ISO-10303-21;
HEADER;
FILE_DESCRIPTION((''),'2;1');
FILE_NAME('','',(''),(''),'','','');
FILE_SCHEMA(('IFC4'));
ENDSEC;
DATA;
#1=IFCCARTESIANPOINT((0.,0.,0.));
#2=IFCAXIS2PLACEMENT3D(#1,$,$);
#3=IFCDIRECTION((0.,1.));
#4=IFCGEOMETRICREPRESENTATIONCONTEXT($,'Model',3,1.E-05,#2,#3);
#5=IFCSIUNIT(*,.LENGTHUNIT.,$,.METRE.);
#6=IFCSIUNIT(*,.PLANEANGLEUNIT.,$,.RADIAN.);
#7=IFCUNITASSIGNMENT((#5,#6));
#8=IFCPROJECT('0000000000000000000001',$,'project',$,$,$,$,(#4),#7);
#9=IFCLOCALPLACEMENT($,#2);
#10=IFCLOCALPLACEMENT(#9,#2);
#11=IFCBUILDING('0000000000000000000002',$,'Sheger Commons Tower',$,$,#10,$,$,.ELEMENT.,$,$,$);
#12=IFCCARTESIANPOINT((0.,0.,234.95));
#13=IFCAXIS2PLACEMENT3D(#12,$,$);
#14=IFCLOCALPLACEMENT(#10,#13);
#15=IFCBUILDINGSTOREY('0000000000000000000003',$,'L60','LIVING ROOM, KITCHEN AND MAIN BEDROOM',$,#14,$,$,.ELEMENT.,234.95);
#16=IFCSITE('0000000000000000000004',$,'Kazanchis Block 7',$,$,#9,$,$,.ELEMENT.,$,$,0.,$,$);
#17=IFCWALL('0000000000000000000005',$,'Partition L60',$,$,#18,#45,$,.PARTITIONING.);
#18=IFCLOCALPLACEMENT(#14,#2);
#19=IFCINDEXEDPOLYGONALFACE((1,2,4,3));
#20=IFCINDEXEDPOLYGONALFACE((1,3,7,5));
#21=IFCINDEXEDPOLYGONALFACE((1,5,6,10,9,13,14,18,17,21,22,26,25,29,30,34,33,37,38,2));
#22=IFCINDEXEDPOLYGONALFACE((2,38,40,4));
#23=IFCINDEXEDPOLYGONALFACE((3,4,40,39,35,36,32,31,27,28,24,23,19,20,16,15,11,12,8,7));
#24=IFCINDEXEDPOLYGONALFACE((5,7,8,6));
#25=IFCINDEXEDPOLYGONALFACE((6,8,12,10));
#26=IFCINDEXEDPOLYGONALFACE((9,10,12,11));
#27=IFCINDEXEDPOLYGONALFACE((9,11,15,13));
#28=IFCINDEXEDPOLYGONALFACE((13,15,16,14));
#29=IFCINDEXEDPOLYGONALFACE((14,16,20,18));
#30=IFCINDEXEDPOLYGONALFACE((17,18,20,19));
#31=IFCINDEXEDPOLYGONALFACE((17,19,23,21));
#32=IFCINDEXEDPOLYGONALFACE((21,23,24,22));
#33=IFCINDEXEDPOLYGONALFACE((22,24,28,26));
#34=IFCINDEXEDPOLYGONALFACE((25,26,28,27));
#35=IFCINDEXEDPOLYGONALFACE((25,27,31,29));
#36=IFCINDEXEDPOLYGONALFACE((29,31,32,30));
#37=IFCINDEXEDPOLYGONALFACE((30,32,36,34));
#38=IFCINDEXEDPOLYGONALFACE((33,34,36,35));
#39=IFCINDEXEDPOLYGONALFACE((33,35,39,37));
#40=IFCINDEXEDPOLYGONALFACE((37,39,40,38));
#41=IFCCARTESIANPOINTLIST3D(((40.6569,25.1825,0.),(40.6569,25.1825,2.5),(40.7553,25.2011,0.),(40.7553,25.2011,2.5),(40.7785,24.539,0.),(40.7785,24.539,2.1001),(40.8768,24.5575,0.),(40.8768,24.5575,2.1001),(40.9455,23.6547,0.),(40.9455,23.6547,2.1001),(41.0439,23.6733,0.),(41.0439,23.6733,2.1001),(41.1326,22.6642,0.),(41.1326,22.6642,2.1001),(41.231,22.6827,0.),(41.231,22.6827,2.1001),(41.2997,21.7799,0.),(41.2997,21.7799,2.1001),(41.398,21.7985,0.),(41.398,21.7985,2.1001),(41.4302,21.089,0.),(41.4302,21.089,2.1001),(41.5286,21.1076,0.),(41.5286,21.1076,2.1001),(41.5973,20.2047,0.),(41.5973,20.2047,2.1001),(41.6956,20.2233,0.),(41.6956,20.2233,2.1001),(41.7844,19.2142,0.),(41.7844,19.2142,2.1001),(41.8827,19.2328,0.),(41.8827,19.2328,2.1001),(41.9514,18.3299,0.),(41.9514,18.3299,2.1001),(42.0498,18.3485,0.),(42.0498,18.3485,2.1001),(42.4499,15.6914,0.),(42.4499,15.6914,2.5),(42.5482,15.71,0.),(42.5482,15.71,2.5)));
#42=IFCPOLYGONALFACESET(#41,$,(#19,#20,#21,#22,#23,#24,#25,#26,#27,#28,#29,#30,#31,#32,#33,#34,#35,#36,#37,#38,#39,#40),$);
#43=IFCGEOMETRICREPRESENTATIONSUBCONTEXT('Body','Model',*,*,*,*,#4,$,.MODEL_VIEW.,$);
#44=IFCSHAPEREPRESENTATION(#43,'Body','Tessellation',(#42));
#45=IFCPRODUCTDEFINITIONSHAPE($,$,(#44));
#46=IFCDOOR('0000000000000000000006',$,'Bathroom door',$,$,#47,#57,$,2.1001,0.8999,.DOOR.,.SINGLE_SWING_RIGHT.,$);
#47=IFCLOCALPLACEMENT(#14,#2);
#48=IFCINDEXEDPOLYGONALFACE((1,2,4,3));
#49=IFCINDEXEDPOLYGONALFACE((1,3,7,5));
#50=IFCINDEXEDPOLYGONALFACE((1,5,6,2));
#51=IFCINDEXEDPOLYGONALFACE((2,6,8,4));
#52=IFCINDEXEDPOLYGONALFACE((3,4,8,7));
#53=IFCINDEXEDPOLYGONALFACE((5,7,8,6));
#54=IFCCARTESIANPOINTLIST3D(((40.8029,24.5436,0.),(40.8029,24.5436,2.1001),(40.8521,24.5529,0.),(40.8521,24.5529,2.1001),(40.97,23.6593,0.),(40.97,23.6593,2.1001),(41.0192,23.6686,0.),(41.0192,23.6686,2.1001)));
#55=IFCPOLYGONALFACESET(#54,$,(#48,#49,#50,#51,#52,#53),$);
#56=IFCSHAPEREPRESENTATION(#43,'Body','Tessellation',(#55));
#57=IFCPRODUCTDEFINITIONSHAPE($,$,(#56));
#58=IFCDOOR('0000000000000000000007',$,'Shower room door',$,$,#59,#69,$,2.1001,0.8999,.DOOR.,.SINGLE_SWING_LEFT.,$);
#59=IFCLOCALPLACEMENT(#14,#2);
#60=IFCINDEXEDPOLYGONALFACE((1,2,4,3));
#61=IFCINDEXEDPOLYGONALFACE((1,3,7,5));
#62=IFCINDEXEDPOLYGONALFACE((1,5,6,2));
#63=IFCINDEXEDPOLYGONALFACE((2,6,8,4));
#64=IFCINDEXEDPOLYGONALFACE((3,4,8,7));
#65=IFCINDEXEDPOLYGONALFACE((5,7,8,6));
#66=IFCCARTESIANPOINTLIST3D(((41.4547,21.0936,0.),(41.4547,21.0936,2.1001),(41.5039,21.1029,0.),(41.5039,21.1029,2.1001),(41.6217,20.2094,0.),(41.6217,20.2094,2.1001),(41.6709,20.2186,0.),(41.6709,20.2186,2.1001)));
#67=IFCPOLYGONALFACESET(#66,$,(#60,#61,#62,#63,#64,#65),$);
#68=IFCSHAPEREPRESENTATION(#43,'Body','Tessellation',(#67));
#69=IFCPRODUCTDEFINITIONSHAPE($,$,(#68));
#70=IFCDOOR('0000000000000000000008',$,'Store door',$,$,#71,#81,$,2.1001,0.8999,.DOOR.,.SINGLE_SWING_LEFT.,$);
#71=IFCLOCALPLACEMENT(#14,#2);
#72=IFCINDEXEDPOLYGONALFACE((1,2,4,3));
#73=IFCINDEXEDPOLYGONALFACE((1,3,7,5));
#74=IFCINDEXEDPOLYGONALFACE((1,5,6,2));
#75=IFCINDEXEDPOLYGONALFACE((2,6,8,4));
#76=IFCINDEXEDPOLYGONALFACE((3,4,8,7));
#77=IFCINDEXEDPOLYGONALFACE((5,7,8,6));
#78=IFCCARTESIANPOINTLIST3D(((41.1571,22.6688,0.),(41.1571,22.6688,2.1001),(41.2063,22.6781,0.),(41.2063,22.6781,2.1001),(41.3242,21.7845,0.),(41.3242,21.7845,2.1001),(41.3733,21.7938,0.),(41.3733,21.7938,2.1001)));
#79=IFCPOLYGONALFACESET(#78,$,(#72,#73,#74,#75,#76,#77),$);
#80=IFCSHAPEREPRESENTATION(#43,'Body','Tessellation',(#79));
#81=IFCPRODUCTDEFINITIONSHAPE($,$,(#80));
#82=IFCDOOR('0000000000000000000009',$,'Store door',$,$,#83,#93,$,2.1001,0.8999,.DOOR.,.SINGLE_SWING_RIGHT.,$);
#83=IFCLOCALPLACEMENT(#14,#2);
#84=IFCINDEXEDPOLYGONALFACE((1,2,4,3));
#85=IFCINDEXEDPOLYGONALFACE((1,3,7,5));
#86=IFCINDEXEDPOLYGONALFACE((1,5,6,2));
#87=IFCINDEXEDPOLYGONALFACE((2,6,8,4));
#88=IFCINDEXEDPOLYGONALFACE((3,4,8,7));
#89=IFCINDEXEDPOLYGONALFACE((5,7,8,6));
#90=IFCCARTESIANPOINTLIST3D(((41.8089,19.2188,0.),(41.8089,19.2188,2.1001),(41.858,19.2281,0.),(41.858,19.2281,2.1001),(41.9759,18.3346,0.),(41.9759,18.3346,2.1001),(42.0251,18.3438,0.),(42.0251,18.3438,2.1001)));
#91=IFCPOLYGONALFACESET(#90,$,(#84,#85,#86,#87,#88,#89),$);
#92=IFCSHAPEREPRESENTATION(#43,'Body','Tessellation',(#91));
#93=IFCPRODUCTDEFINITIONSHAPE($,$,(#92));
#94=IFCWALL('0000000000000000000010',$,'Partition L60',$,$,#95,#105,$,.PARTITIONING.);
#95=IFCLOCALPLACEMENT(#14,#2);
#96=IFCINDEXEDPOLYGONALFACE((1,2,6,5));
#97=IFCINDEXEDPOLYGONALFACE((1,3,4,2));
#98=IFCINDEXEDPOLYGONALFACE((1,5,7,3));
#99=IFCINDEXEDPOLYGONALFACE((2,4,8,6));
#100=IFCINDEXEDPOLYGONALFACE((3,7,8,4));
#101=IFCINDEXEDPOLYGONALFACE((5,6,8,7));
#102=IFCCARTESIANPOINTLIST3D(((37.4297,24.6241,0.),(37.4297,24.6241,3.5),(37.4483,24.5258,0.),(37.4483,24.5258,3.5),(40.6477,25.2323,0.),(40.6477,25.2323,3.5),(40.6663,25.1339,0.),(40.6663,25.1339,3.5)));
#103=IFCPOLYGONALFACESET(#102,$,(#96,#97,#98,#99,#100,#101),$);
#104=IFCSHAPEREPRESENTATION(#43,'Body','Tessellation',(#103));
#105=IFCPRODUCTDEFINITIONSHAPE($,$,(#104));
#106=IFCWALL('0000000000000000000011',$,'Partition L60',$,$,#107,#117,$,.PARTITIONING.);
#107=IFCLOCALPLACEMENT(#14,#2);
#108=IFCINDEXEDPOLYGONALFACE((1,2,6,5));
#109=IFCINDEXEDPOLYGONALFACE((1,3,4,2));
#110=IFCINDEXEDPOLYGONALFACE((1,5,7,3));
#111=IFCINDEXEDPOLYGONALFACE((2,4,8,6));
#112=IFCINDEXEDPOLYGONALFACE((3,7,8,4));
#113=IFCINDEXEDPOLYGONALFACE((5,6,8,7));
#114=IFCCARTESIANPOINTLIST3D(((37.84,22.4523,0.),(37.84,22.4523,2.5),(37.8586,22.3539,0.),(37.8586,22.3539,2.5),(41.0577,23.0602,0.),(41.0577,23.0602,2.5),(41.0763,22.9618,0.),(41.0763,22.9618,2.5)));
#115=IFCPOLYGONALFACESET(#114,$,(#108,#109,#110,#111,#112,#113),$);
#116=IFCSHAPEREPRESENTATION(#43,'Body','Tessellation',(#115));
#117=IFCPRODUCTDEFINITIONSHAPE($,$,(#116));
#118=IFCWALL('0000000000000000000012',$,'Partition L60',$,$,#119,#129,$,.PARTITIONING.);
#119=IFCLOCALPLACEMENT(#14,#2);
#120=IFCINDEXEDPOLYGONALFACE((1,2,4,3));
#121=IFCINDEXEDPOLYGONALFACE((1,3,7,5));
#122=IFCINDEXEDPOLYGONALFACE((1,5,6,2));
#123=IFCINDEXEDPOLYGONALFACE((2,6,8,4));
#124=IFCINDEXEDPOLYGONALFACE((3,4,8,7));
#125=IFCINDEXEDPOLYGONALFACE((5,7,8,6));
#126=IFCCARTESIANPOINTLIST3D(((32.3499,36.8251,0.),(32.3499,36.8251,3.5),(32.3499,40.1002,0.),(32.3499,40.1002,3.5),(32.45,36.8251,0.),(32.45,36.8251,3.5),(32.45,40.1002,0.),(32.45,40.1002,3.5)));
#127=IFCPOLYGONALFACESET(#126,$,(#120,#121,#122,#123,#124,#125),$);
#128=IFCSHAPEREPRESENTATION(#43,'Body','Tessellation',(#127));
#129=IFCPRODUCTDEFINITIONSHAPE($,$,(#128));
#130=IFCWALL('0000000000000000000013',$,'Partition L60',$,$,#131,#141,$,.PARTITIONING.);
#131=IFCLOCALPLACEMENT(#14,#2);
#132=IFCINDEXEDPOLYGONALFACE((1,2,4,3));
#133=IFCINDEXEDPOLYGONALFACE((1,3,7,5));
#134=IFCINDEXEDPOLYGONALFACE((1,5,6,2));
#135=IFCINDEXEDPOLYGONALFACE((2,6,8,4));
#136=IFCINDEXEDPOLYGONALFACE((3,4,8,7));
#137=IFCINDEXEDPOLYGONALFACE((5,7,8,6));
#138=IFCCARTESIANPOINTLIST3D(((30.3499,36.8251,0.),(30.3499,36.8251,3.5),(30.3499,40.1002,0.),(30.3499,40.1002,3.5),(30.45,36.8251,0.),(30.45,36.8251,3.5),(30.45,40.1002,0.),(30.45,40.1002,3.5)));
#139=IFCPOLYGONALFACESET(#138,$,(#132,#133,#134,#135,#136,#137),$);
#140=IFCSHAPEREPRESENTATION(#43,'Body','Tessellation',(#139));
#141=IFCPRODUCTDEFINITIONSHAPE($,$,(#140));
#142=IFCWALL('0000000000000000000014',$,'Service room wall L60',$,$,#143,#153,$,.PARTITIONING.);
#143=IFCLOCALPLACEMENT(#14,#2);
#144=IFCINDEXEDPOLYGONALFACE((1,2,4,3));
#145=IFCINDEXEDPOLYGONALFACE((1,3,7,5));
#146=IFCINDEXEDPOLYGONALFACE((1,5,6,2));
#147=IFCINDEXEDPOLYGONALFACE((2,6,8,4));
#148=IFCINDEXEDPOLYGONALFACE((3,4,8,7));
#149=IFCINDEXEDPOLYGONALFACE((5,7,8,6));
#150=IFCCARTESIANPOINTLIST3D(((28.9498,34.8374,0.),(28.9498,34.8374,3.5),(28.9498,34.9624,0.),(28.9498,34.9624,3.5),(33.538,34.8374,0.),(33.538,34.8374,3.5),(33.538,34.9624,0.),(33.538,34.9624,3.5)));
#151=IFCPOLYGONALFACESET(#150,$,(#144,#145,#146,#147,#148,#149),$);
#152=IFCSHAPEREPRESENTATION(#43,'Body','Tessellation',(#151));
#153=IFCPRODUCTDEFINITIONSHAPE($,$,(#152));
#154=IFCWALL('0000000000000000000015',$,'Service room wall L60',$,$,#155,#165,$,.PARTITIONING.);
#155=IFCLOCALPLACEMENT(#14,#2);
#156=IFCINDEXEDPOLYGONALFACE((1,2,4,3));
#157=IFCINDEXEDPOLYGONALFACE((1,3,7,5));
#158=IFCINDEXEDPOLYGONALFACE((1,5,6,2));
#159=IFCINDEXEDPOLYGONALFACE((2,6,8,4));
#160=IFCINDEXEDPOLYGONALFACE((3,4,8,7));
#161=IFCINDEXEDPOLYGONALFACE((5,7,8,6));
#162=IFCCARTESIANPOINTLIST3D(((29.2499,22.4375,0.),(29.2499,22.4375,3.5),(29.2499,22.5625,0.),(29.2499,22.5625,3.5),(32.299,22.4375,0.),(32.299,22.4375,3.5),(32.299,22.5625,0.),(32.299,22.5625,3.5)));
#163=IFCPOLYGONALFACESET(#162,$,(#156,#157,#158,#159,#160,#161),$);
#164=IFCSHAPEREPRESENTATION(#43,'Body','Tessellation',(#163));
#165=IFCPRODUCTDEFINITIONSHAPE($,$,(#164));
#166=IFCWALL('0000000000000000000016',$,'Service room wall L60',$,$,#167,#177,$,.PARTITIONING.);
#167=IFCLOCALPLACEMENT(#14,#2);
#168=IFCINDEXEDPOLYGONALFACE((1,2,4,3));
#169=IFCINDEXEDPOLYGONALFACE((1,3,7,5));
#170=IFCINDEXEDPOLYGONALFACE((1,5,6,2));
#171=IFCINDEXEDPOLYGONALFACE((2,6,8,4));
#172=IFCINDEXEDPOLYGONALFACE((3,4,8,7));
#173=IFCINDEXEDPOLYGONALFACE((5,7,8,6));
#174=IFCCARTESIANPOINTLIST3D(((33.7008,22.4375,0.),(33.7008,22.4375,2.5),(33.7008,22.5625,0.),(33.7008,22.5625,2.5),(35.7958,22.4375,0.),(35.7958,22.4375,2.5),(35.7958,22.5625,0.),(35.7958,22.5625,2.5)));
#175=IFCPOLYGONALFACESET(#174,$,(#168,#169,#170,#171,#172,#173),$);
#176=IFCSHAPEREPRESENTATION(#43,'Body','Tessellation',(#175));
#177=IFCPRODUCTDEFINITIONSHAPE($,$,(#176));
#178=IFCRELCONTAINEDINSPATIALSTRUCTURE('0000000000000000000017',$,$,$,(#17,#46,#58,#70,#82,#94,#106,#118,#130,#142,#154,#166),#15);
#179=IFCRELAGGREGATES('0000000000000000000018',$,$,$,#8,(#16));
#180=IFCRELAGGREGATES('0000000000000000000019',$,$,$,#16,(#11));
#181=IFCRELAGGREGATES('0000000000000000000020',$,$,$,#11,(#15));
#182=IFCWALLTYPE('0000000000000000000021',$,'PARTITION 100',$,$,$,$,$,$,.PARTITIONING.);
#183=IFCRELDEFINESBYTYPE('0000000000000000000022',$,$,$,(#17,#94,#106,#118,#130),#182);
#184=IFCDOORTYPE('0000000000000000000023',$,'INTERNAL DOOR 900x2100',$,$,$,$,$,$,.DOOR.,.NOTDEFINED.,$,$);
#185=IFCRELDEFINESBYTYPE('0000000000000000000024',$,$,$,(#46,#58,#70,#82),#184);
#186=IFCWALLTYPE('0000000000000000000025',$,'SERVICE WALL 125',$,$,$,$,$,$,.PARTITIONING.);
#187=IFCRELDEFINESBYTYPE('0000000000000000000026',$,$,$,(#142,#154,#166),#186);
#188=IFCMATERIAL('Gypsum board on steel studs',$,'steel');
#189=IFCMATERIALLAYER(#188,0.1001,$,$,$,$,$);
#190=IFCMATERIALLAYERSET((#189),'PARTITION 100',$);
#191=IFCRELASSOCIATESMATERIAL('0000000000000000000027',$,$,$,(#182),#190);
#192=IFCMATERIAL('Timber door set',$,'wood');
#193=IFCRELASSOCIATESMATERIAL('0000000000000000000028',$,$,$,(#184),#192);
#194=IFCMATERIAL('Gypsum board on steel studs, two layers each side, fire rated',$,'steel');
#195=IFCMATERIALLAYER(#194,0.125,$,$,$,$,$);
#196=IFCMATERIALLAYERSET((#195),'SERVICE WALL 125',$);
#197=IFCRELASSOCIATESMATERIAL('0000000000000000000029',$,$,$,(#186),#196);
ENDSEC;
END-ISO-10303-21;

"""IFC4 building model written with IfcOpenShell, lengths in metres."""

from ifc_helpers import new_model, si_unit, direction, frame, frame_2d, origin, place, context, subcontext, project, spatial, rectangle, extrude, material, layer, layer_set, type_object, element, fill, save


model = new_model("IFC4")

# Units and contexts
model_context = context("Model", 3, precision=1e-05, world=origin(), true_north=direction((0.0, 1.0)))
body_context = subcontext(model_context, "Body", "Model", "MODEL_VIEW")
ifc_project = project(units=[si_unit("LENGTHUNIT", "METRE"), si_unit("PLANEANGLEUNIT", "RADIAN")], contexts=[model_context])

# Site, building, storey
site_placement = place(None, origin())
site = spatial("IfcSite", under=ifc_project, at=site_placement, Name="Kazanchis Block 7", CompositionType="ELEMENT", RefElevation=0.0)
building_placement = place(site_placement, origin())
building = spatial("IfcBuilding", under=site, at=building_placement, Name="Sheger Commons Tower", CompositionType="ELEMENT")
storey_placement = place(building_placement, frame((0.0, 0.0, 234.95)))
storey = spatial("IfcBuildingStorey", under=building, at=storey_placement, Name="L60", Description="LIVING ROOM, KITCHEN AND MAIN BEDROOM", CompositionType="ELEMENT", Elevation=234.95)

# Shared definitions
ifc_material_1 = material(Name="Gypsum board on steel studs", Category="steel")
ifc_layer_1 = layer(ifc_material_1, 0.1001)
ifc_layer_set_1 = layer_set([ifc_layer_1], Name="PARTITION 100")
wall_type_1 = type_object("IfcWallType", Name="PARTITION 100", PredefinedType="PARTITIONING", material=ifc_layer_set_1)

# Wall, openings, doors
wall_1_placement = place(storey_placement, frame((40.7061, 25.1919, 0.0), z_axis=(0.0, 0.0, 1.0), x_axis=(0.18563, -0.98262, 0.0)))
wall_1 = element("IfcWall", 1, at=wall_1_placement, inside=storey, type_object=wall_type_1, Name="Partition L60", PredefinedType="PARTITIONING", context=body_context, shape_type="SweptSolid", body=[
    extrude(rectangle(XDim=9.6589, YDim=0.1001, at=frame_2d((4.8296, 0.0))), origin(), (0.0, 0.0, 1.0), 2.5),
])
opening_1_placement = place(wall_1_placement, frame((0.655, 0.0, 0.0)))
opening_1 = element("IfcOpeningElement", 2, at=opening_1_placement, cuts=wall_1, PredefinedType="OPENING", context=body_context, shape_type="SweptSolid", body=[
    extrude(rectangle(XDim=0.8999, YDim=2.1001, at=frame_2d((0.45, 1.05))), frame((0.0, 0.0601, 0.0), z_axis=(0.0, -1.0, 0.0), x_axis=(1.0, 0.0, 0.0)), (0.0, 0.0, 1.0), 0.1201),
])
opening_2_placement = place(wall_1_placement, frame((4.166, 0.0, 0.0)))
opening_2 = element("IfcOpeningElement", 3, at=opening_2_placement, cuts=wall_1, PredefinedType="OPENING", context=body_context, shape_type="SweptSolid", body=[
    extrude(rectangle(XDim=0.8999, YDim=2.1001, at=frame_2d((0.45, 1.05))), frame((0.0, 0.0601, 0.0), z_axis=(0.0, -1.0, 0.0), x_axis=(1.0, 0.0, 0.0)), (0.0, 0.0, 1.0), 0.1201),
])
opening_3_placement = place(wall_1_placement, frame((2.563, 0.0, 0.0)))
opening_3 = element("IfcOpeningElement", 4, at=opening_3_placement, cuts=wall_1, PredefinedType="OPENING", context=body_context, shape_type="SweptSolid", body=[
    extrude(rectangle(XDim=0.8999, YDim=2.1001, at=frame_2d((0.45, 1.05))), frame((0.0, 0.0601, 0.0), z_axis=(0.0, -1.0, 0.0), x_axis=(1.0, 0.0, 0.0)), (0.0, 0.0, 1.0), 0.1201),
])
opening_4_placement = place(wall_1_placement, frame((6.074, 0.0, 0.0)))
opening_4 = element("IfcOpeningElement", 5, at=opening_4_placement, cuts=wall_1, PredefinedType="OPENING", context=body_context, shape_type="SweptSolid", body=[
    extrude(rectangle(XDim=0.8999, YDim=2.1001, at=frame_2d((0.45, 1.05))), frame((0.0, 0.0601, 0.0), z_axis=(0.0, -1.0, 0.0), x_axis=(1.0, 0.0, 0.0)), (0.0, 0.0, 1.0), 0.1201),
])
ifc_material_2 = material(Name="Timber door set", Category="wood")
door_type = type_object("IfcDoorType", Name="INTERNAL DOOR 900x2100", OperationType="NOTDEFINED", PredefinedType="DOOR", material=ifc_material_2)
door_1_placement = place(opening_1_placement, origin())
door_1 = element("IfcDoor", 6, at=door_1_placement, inside=storey, type_object=door_type, Name="Bathroom door", OperationType="SINGLE_SWING_RIGHT", OverallHeight=2.1001, OverallWidth=0.8999, PredefinedType="DOOR", context=body_context, shape_type="SweptSolid", body=[
    extrude(rectangle(XDim=0.8999, YDim=2.1001, at=frame_2d((0.45, 1.05))), frame((0.0, 0.0249, 0.0), z_axis=(0.0, -1.0, 0.0), x_axis=(1.0, 0.0, 0.0)), (0.0, 0.0, 1.0), 0.05),
])
fill(opening_1, door_1)
door_2_placement = place(opening_2_placement, origin())
door_2 = element("IfcDoor", 7, at=door_2_placement, inside=storey, type_object=door_type, Name="Shower room door", OperationType="SINGLE_SWING_LEFT", OverallHeight=2.1001, OverallWidth=0.8999, PredefinedType="DOOR", context=body_context, shape_type="SweptSolid", body=[
    extrude(rectangle(XDim=0.8999, YDim=2.1001, at=frame_2d((0.45, 1.05))), frame((0.0, 0.0249, 0.0), z_axis=(0.0, -1.0, 0.0), x_axis=(1.0, 0.0, 0.0)), (0.0, 0.0, 1.0), 0.05),
])
fill(opening_2, door_2)
door_3_placement = place(opening_3_placement, origin())
door_3 = element("IfcDoor", 8, at=door_3_placement, inside=storey, type_object=door_type, Name="Store door", OperationType="SINGLE_SWING_LEFT", OverallHeight=2.1001, OverallWidth=0.8999, PredefinedType="DOOR", context=body_context, shape_type="SweptSolid", body=[
    extrude(rectangle(XDim=0.8999, YDim=2.1001, at=frame_2d((0.45, 1.05))), frame((0.0, 0.0249, 0.0), z_axis=(0.0, -1.0, 0.0), x_axis=(1.0, 0.0, 0.0)), (0.0, 0.0, 1.0), 0.05),
])
fill(opening_3, door_3)
door_4_placement = place(opening_4_placement, origin())
door_4 = element("IfcDoor", 9, at=door_4_placement, inside=storey, type_object=door_type, Name="Store door", OperationType="SINGLE_SWING_RIGHT", OverallHeight=2.1001, OverallWidth=0.8999, PredefinedType="DOOR", context=body_context, shape_type="SweptSolid", body=[
    extrude(rectangle(XDim=0.8999, YDim=2.1001, at=frame_2d((0.45, 1.05))), frame((0.0, 0.0249, 0.0), z_axis=(0.0, -1.0, 0.0), x_axis=(1.0, 0.0, 0.0)), (0.0, 0.0, 1.0), 0.05),
])
fill(opening_4, door_4)

# Walls
wall_2_placement = place(storey_placement, frame((40.657, 25.1831, 0.0), z_axis=(0.0, 0.0, 1.0), x_axis=(-0.982607, -0.185697, 0.0)))
element("IfcWall", 10, at=wall_2_placement, inside=storey, type_object=wall_type_1, Name="Partition L60", PredefinedType="PARTITIONING", context=body_context, shape_type="SweptSolid", body=[
    extrude(rectangle(XDim=3.2749, YDim=0.1001, at=frame_2d((1.6375, 0.0))), origin(), (0.0, 0.0, 1.0), 3.5),
])
wall_3_placement = place(storey_placement, frame((41.0669, 23.011, 0.0), z_axis=(0.0, 0.0, 1.0), x_axis=(-0.982618, -0.185639, 0.0)))
element("IfcWall", 11, at=wall_3_placement, inside=storey, type_object=wall_type_1, Name="Partition L60", PredefinedType="PARTITIONING", context=body_context, shape_type="SweptSolid", body=[
    extrude(rectangle(XDim=3.2747, YDim=0.1001, at=frame_2d((1.6372, 0.0))), origin(), (0.0, 0.0, 1.0), 2.5),
])
for number, where, z_axis, x_axis, name in (
    (12, (32.3999, 36.825, 0.0), (0.0, 0.0, 1.0), (0.0, 1.0, 0.0), "Partition L60"),
    (13, (30.3999, 36.825, 0.0), (0.0, 0.0, 1.0), (0.0, 1.0, 0.0), "Partition L60"),
):
    element("IfcWall", number, at=place(storey_placement, frame(where, z_axis=z_axis, x_axis=x_axis)), inside=storey, type_object=wall_type_1, Name=name, PredefinedType="PARTITIONING", context=body_context, shape_type="SweptSolid", body=[
        extrude(rectangle(XDim=3.2751, YDim=0.1001, at=frame_2d((1.6377, 0.0))), origin(), (0.0, 0.0, 1.0), 3.5),
    ])
ifc_material_3 = material(Name="Gypsum board on steel studs, two layers each side, fire rated", Category="steel")
ifc_layer_2 = layer(ifc_material_3, 0.125)
ifc_layer_set_2 = layer_set([ifc_layer_2], Name="SERVICE WALL 125")
wall_type_2 = type_object("IfcWallType", Name="SERVICE WALL 125", PredefinedType="PARTITIONING", material=ifc_layer_set_2)
wall_4_placement = place(storey_placement, frame((28.95, 34.8999, 0.0), z_axis=(0.0, 0.0, 1.0), x_axis=(1.0, 0.0, 0.0)))
element("IfcWall", 14, at=wall_4_placement, inside=storey, type_object=wall_type_2, Name="Service room wall L60", PredefinedType="PARTITIONING", context=body_context, shape_type="SweptSolid", body=[
    extrude(rectangle(XDim=4.5881, YDim=0.125, at=frame_2d((2.2939, 0.0))), origin(), (0.0, 0.0, 1.0), 3.5),
])
wall_5_placement = place(storey_placement, frame((29.25, 22.5, 0.0), z_axis=(0.0, 0.0, 1.0), x_axis=(1.0, 0.0, 0.0)))
element("IfcWall", 15, at=wall_5_placement, inside=storey, type_object=wall_type_2, Name="Service room wall L60", PredefinedType="PARTITIONING", context=body_context, shape_type="SweptSolid", body=[
    extrude(rectangle(XDim=3.0491, YDim=0.125, at=frame_2d((1.5244, 0.0))), origin(), (0.0, 0.0, 1.0), 3.5),
])
wall_6_placement = place(storey_placement, frame((33.7009, 22.5, 0.0), z_axis=(0.0, 0.0, 1.0), x_axis=(1.0, 0.0, 0.0)))
element("IfcWall", 16, at=wall_6_placement, inside=storey, type_object=wall_type_2, Name="Service room wall L60", PredefinedType="PARTITIONING", context=body_context, shape_type="SweptSolid", body=[
    extrude(rectangle(XDim=2.095, YDim=0.125, at=frame_2d((1.0474, 0.0))), origin(), (0.0, 0.0, 1.0), 2.5),
])

save(model, "model.ifc")
